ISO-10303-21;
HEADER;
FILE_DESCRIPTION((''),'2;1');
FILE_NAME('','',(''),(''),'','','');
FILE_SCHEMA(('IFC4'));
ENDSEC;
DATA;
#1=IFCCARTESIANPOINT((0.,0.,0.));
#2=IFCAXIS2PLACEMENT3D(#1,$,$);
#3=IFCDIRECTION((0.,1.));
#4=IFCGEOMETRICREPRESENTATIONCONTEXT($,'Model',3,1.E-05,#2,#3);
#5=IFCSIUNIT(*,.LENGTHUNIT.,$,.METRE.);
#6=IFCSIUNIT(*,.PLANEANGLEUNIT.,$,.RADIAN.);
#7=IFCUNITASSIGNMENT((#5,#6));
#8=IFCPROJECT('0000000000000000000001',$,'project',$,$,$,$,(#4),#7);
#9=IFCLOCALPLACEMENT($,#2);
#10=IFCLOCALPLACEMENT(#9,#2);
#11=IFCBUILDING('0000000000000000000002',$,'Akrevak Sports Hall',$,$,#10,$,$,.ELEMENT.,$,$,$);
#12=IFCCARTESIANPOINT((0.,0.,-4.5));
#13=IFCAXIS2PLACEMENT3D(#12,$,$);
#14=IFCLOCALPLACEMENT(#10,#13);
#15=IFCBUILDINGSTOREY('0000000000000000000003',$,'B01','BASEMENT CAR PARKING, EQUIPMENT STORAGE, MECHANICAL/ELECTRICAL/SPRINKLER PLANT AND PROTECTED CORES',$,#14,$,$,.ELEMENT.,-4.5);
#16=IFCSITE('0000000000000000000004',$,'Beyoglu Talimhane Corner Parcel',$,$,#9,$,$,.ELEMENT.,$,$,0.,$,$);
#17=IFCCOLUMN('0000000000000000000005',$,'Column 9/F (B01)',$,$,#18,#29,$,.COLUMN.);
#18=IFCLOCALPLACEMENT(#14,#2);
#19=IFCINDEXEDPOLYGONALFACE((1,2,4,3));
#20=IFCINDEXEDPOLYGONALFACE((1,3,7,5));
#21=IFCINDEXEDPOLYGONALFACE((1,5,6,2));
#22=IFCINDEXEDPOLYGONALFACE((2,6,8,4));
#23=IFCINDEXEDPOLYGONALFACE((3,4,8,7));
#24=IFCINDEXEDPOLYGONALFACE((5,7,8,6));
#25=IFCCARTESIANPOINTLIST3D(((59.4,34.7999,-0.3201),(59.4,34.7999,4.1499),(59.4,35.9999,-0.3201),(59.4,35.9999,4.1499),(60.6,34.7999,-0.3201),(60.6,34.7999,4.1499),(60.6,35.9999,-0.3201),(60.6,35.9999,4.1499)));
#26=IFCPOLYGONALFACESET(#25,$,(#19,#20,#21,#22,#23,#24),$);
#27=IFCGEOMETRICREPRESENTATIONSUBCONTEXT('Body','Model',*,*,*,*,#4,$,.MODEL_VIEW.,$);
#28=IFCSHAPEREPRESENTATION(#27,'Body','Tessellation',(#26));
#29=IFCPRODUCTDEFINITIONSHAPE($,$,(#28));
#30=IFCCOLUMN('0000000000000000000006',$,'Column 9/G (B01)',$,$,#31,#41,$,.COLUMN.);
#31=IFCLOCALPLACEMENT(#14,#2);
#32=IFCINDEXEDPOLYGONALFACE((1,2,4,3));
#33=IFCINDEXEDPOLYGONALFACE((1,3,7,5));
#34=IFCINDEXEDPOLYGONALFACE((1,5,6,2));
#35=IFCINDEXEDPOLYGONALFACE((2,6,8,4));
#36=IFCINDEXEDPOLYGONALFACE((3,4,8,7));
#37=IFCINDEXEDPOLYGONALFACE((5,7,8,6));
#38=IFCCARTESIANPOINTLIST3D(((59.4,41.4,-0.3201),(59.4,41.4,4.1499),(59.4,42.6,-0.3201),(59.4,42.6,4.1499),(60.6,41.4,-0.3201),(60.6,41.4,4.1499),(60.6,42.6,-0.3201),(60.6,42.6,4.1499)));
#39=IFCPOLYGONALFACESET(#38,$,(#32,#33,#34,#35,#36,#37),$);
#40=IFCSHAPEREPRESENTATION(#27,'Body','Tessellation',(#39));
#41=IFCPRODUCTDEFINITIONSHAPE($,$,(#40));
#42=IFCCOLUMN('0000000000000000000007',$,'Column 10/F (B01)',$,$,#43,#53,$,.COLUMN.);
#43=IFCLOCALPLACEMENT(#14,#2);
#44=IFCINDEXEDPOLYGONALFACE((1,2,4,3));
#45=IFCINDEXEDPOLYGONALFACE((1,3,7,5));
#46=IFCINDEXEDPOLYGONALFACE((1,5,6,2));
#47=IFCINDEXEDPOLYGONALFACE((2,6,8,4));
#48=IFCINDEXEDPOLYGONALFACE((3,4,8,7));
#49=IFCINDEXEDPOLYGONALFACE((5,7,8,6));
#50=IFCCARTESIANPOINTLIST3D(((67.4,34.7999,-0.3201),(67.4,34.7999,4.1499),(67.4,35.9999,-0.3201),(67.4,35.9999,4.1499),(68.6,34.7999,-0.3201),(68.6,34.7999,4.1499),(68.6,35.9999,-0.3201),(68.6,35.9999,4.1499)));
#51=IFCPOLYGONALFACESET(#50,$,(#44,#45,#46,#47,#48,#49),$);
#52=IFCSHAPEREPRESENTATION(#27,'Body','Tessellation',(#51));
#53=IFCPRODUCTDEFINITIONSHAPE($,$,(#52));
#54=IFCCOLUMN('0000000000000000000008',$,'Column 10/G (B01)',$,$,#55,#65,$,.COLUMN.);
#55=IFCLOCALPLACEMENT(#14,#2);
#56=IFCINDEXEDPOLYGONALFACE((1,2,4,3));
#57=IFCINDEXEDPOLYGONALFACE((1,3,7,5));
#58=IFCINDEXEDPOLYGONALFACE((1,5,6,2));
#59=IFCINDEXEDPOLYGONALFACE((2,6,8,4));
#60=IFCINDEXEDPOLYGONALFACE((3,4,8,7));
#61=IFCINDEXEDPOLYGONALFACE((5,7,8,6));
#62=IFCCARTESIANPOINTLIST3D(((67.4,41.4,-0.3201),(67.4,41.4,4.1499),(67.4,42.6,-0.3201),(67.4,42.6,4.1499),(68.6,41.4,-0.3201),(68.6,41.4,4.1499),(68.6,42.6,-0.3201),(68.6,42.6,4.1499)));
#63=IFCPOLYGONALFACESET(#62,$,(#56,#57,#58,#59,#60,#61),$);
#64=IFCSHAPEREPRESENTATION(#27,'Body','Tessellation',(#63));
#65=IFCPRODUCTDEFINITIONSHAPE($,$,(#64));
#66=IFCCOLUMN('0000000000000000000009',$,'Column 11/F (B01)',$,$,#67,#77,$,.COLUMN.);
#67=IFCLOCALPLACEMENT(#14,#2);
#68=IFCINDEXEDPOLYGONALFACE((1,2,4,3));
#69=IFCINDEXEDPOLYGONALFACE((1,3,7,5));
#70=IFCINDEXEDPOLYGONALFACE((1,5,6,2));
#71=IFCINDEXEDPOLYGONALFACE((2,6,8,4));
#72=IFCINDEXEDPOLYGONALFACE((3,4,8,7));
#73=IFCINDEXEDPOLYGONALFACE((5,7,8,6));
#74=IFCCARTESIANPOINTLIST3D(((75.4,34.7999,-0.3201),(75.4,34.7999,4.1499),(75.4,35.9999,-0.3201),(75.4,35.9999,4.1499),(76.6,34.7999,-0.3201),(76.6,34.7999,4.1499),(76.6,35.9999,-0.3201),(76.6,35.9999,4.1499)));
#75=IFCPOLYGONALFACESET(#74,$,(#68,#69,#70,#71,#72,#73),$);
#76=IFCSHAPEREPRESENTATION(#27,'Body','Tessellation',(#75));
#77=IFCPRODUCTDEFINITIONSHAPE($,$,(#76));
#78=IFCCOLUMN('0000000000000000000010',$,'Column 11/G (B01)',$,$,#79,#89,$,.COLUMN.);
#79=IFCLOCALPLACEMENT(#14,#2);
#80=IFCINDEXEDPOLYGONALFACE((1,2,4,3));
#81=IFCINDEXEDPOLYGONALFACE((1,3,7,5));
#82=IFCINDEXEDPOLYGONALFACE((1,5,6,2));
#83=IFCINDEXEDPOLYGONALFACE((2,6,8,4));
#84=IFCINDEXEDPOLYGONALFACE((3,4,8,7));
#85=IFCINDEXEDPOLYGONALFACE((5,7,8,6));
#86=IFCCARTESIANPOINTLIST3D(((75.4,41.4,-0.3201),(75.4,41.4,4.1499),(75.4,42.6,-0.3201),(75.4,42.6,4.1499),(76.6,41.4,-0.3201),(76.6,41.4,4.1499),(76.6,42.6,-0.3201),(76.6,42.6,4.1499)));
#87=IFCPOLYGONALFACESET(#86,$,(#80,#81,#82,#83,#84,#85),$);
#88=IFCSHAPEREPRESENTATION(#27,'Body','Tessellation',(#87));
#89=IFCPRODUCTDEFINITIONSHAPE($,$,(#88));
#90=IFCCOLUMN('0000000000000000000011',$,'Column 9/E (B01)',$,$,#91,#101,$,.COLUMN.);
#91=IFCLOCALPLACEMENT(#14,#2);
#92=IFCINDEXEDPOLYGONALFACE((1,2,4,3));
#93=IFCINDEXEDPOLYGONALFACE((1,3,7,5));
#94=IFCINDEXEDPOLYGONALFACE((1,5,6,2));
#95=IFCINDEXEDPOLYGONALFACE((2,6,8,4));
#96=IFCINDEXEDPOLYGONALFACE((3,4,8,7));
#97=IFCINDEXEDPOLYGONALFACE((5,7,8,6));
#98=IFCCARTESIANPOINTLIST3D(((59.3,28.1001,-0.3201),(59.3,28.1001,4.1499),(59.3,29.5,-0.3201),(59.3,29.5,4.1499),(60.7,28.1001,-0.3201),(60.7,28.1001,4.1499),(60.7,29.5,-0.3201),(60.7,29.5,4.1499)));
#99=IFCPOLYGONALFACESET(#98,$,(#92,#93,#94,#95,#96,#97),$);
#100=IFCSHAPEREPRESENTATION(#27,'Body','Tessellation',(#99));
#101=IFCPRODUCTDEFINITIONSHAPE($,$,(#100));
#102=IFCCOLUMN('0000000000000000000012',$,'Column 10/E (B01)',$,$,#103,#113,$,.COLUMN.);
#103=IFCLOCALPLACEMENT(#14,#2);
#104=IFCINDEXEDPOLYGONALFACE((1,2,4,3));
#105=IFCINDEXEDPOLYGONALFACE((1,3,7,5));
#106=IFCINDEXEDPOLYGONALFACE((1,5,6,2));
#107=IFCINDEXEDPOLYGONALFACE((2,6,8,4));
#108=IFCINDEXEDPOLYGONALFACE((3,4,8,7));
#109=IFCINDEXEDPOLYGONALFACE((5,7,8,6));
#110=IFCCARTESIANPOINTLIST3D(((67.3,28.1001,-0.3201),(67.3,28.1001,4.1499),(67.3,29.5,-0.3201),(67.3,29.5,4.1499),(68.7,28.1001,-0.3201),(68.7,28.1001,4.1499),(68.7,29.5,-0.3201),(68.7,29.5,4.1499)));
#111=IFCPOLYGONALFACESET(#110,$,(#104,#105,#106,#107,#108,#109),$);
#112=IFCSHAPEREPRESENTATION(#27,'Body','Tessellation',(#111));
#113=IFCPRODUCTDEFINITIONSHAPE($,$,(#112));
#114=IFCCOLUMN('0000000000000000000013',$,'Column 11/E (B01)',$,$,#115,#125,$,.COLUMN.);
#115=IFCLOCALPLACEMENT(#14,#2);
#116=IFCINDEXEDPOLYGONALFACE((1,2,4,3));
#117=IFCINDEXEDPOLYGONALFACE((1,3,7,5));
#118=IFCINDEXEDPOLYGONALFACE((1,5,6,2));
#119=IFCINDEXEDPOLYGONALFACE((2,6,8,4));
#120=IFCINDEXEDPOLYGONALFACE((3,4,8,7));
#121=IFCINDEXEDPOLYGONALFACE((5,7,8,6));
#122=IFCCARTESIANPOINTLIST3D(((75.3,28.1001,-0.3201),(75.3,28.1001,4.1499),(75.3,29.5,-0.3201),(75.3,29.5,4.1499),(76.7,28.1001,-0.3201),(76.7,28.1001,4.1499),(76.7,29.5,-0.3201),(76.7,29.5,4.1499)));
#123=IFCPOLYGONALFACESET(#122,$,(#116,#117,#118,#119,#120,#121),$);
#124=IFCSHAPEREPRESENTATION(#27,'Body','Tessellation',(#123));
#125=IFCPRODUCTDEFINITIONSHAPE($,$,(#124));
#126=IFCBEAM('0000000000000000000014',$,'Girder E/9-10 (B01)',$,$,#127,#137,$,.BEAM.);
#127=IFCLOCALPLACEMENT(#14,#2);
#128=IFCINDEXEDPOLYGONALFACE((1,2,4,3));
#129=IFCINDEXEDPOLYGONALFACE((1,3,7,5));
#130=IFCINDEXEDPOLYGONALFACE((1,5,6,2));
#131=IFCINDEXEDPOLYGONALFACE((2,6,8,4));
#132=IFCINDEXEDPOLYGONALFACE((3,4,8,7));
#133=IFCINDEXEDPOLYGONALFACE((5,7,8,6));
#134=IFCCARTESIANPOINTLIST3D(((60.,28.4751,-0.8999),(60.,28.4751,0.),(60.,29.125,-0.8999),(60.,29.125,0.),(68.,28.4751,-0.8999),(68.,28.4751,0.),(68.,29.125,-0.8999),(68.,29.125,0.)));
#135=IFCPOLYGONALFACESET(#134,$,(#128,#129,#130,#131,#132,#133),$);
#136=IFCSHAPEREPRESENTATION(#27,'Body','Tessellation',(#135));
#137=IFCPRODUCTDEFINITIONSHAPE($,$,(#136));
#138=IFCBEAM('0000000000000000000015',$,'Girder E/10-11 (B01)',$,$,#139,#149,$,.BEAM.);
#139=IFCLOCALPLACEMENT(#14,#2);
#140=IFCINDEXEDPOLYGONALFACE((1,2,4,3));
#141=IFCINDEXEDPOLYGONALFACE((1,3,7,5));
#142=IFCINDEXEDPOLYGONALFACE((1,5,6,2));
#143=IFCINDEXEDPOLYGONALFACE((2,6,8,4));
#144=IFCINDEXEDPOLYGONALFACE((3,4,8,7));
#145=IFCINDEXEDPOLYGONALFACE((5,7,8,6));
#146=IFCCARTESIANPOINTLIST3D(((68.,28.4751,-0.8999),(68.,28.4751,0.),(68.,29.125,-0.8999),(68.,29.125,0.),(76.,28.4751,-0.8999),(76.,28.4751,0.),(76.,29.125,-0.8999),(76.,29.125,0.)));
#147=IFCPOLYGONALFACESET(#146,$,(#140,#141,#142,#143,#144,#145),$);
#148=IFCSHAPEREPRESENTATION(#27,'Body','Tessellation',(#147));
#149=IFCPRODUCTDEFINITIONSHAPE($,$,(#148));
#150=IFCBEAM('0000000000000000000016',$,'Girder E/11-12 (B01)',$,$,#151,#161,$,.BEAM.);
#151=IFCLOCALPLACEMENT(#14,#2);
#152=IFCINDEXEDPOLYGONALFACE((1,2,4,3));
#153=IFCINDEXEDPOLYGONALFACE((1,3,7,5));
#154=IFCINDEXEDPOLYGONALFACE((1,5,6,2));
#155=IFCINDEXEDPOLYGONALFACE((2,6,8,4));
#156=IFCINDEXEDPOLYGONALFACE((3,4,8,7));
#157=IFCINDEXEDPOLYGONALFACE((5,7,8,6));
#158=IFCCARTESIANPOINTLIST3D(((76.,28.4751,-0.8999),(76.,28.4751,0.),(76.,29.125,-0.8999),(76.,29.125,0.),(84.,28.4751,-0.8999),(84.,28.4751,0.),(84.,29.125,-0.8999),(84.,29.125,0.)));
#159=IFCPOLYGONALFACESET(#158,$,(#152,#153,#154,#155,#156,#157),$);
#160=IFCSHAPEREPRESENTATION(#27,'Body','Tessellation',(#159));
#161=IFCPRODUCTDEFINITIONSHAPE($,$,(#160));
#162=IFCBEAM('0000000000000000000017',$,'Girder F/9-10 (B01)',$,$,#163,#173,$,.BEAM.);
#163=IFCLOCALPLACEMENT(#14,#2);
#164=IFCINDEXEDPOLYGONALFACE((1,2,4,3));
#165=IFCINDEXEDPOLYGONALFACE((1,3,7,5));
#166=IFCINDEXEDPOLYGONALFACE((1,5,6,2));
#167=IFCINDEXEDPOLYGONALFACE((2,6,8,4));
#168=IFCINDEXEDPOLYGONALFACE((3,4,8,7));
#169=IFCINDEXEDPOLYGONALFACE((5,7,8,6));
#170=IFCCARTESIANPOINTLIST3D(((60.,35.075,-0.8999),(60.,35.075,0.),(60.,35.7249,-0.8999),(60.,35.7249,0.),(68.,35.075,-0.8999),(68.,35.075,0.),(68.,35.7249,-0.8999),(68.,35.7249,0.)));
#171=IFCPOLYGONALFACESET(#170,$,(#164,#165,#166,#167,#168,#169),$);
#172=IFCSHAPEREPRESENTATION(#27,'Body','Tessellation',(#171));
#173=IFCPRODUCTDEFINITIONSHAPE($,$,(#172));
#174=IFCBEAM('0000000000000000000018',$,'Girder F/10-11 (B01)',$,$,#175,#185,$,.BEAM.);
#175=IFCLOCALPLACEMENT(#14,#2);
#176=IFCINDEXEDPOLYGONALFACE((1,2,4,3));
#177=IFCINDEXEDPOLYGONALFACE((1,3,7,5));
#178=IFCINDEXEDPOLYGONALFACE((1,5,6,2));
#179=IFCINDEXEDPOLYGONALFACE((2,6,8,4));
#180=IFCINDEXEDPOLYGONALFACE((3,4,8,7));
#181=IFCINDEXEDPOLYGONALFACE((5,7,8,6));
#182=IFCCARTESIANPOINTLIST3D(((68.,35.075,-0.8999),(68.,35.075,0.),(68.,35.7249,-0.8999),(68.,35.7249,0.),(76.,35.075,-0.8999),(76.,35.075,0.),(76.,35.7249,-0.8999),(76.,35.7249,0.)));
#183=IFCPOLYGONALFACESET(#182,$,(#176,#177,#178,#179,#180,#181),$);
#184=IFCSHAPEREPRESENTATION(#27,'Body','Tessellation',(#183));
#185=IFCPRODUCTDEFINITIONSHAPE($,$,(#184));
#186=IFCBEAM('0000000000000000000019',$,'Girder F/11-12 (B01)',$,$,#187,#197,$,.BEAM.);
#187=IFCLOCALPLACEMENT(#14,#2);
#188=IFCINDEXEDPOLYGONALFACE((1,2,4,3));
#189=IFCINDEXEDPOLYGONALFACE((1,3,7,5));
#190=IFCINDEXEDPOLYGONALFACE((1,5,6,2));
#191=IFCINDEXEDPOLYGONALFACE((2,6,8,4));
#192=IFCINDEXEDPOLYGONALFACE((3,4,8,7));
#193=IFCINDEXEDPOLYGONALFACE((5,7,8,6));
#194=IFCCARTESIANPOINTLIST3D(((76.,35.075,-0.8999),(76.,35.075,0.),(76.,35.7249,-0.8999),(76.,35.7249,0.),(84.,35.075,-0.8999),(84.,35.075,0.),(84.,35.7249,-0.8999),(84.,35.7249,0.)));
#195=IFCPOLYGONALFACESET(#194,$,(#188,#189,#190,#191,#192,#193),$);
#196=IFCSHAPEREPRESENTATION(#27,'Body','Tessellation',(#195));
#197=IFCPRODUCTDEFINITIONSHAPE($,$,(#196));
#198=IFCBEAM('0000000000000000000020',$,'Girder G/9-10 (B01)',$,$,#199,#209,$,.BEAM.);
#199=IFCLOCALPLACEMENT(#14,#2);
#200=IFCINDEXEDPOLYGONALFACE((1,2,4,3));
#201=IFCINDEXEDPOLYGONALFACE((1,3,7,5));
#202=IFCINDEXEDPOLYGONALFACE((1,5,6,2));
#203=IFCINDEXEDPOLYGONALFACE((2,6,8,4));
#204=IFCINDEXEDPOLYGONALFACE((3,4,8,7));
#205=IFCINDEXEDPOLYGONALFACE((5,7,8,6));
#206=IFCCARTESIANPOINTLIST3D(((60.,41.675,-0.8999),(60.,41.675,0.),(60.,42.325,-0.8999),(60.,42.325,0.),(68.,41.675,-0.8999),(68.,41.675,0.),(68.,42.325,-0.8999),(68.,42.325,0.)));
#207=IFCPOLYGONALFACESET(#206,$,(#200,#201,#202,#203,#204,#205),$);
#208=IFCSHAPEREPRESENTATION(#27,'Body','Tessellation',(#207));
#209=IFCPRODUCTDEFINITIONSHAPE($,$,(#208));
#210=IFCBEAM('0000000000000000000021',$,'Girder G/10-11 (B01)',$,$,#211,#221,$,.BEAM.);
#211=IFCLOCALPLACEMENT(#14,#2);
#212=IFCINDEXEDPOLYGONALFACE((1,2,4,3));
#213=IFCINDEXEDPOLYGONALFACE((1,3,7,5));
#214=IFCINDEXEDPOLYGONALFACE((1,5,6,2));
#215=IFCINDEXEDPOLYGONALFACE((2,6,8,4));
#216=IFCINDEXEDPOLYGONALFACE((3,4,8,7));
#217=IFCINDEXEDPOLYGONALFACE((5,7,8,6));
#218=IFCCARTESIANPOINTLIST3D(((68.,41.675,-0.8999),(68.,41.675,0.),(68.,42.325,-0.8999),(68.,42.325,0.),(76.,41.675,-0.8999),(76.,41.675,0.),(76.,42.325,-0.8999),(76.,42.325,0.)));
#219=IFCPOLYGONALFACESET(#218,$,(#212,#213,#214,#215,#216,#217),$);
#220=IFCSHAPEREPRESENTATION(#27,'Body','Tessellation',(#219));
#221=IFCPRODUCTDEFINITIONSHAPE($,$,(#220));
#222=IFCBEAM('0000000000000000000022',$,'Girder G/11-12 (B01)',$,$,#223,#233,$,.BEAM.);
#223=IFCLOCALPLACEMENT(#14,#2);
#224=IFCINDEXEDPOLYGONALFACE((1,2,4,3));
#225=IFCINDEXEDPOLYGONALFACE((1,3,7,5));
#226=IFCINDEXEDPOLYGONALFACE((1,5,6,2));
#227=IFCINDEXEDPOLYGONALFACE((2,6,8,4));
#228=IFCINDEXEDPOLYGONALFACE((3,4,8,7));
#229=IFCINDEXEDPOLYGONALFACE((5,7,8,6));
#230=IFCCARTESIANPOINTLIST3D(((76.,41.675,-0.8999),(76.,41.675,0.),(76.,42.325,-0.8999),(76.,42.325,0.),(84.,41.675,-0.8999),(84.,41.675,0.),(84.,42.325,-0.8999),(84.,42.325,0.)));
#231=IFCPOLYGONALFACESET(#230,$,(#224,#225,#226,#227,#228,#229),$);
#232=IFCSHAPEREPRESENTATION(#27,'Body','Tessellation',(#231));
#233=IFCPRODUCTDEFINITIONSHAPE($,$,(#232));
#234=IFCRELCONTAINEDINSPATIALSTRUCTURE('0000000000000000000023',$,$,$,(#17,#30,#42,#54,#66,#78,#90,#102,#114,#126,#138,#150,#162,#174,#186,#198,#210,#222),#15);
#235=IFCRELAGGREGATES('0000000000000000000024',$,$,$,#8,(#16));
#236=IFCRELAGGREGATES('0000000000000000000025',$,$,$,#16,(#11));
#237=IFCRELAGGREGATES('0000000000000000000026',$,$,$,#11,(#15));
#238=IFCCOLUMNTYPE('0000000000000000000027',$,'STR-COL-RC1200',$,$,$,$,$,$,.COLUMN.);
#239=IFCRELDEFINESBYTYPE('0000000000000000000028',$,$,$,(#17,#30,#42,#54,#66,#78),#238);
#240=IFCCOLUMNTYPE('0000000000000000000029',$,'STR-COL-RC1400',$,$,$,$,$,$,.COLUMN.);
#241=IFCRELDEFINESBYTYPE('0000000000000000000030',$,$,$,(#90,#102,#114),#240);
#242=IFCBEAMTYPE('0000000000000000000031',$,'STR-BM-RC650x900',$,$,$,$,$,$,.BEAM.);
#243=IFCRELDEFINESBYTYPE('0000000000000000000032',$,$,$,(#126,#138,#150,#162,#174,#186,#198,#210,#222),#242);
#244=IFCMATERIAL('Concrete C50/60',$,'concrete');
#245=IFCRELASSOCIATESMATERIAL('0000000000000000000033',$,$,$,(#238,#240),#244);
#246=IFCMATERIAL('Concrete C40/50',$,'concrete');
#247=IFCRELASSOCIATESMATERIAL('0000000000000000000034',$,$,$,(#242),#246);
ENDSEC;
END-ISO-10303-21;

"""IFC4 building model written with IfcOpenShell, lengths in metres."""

from ifc_helpers import new_model, si_unit, direction, frame, origin, origin_2d, place, context, subcontext, project, spatial, rectangle, extrude, material, material_profile, profile_set, type_object, element, save


model = new_model("IFC4")

# Units and contexts
model_context = context("Model", 3, precision=1e-05, world=origin(), true_north=direction((0.0, 1.0)))
body_context = subcontext(model_context, "Body", "Model", "MODEL_VIEW")
ifc_project = project(units=[si_unit("LENGTHUNIT", "METRE"), si_unit("PLANEANGLEUNIT", "RADIAN")], contexts=[model_context])

# Site, building, storey
site_placement = place(None, origin())
site = spatial("IfcSite", under=ifc_project, at=site_placement, Name="Beyoglu Talimhane Corner Parcel", CompositionType="ELEMENT", RefElevation=0.0)
building_placement = place(site_placement, origin())
building = spatial("IfcBuilding", under=site, at=building_placement, Name="Akrevak Sports Hall", CompositionType="ELEMENT")
storey_placement = place(building_placement, frame((0.0, 0.0, -4.5)))
storey = spatial("IfcBuildingStorey", under=building, at=storey_placement, Name="B01", Description="BASEMENT CAR PARKING, EQUIPMENT STORAGE, MECHANICAL/ELECTRICAL/SPRINKLER PLANT AND PROTECTED CORES", CompositionType="ELEMENT", Elevation=-4.5)

# Columns
ifc_material_1 = material(Name="Concrete C50/60", Category="concrete")
ifc_material_profile_1 = material_profile(ifc_material_1, rectangle(XDim=1.2, YDim=1.2, at=origin_2d()), Name="RC 1200x1200", Category="concrete")
ifc_profile_set_1 = profile_set([ifc_material_profile_1], Name="Concrete C50/60")
column_type_1 = type_object("IfcColumnType", Name="STR-COL-RC1200", PredefinedType="COLUMN", material=ifc_profile_set_1)
for number, where, z_axis, x_axis, name in (
    (1, (60.0, 35.3999, -0.3201), (0.0, 0.0, 1.0), (1.0, 0.0, 0.0), "Column 9/F (B01)"),
    (2, (60.0, 42.0, -0.3201), (0.0, 0.0, 1.0), (1.0, 0.0, 0.0), "Column 9/G (B01)"),
    (3, (68.0, 35.3999, -0.3201), (0.0, 0.0, 1.0), (1.0, 0.0, 0.0), "Column 10/F (B01)"),
    (4, (68.0, 42.0, -0.3201), (0.0, 0.0, 1.0), (1.0, 0.0, 0.0), "Column 10/G (B01)"),
    (5, (76.0, 35.3999, -0.3201), (0.0, 0.0, 1.0), (1.0, 0.0, 0.0), "Column 11/F (B01)"),
    (6, (76.0, 42.0, -0.3201), (0.0, 0.0, 1.0), (1.0, 0.0, 0.0), "Column 11/G (B01)"),
):
    element("IfcColumn", number, at=place(storey_placement, frame(where, z_axis=z_axis, x_axis=x_axis)), inside=storey, type_object=column_type_1, Name=name, PredefinedType="COLUMN", context=body_context, shape_type="SweptSolid", body=[
        extrude(rectangle(XDim=1.2, YDim=1.2, at=origin_2d()), origin(), (0.0, 0.0, 1.0), 4.47),
    ])
ifc_material_profile_2 = material_profile(ifc_material_1, rectangle(XDim=1.3999, YDim=1.3999, at=origin_2d()), Name="RC 1400x1400", Category="concrete")
ifc_profile_set_2 = profile_set([ifc_material_profile_2], Name="Concrete C50/60")
column_type_2 = type_object("IfcColumnType", Name="STR-COL-RC1400", PredefinedType="COLUMN", material=ifc_profile_set_2)
for number, where, z_axis, x_axis, name in (
    (7, (60.0, 28.8, -0.3201), (0.0, 0.0, 1.0), (1.0, 0.0, 0.0), "Column 9/E (B01)"),
    (8, (68.0, 28.8, -0.3201), (0.0, 0.0, 1.0), (1.0, 0.0, 0.0), "Column 10/E (B01)"),
    (9, (76.0, 28.8, -0.3201), (0.0, 0.0, 1.0), (1.0, 0.0, 0.0), "Column 11/E (B01)"),
):
    element("IfcColumn", number, at=place(storey_placement, frame(where, z_axis=z_axis, x_axis=x_axis)), inside=storey, type_object=column_type_2, Name=name, PredefinedType="COLUMN", context=body_context, shape_type="SweptSolid", body=[
        extrude(rectangle(XDim=1.3999, YDim=1.3999, at=origin_2d()), origin(), (0.0, 0.0, 1.0), 4.47),
    ])

# Beams
ifc_material_2 = material(Name="Concrete C40/50", Category="concrete")
ifc_material_profile_3 = material_profile(ifc_material_2, rectangle(XDim=0.6499, YDim=0.8999, at=origin_2d()), Name="BM 650x900", Category="concrete")
ifc_profile_set_3 = profile_set([ifc_material_profile_3], Name="Concrete C40/50")
beam_type_1 = type_object("IfcBeamType", Name="STR-BM-RC650x900", PredefinedType="BEAM", material=ifc_profile_set_3)
for number, where, z_axis, x_axis, name in (
    (10, (60.0, 28.8, -0.45), (1.0, 0.0, 0.0), (0.0, 1.0, 0.0), "Girder E/9-10 (B01)"),
    (11, (68.0, 28.8, -0.45), (1.0, 0.0, 0.0), (0.0, 1.0, 0.0), "Girder E/10-11 (B01)"),
    (12, (76.0, 28.8, -0.45), (1.0, 0.0, 0.0), (0.0, 1.0, 0.0), "Girder E/11-12 (B01)"),
    (13, (60.0, 35.3999, -0.45), (1.0, 0.0, 0.0), (0.0, 1.0, 0.0), "Girder F/9-10 (B01)"),
    (14, (68.0, 35.3999, -0.45), (1.0, 0.0, 0.0), (0.0, 1.0, 0.0), "Girder F/10-11 (B01)"),
    (15, (76.0, 35.3999, -0.45), (1.0, 0.0, 0.0), (0.0, 1.0, 0.0), "Girder F/11-12 (B01)"),
    (16, (60.0, 42.0, -0.45), (1.0, 0.0, 0.0), (0.0, 1.0, 0.0), "Girder G/9-10 (B01)"),
    (17, (68.0, 42.0, -0.45), (1.0, 0.0, 0.0), (0.0, 1.0, 0.0), "Girder G/10-11 (B01)"),
    (18, (76.0, 42.0, -0.45), (1.0, 0.0, 0.0), (0.0, 1.0, 0.0), "Girder G/11-12 (B01)"),
):
    element("IfcBeam", number, at=place(storey_placement, frame(where, z_axis=z_axis, x_axis=x_axis)), inside=storey, type_object=beam_type_1, Name=name, PredefinedType="BEAM", context=body_context, shape_type="SweptSolid", body=[
        extrude(rectangle(XDim=0.6499, YDim=0.8999, at=origin_2d()), origin(), (0.0, 0.0, 1.0), 8.0),
    ])

save(model, "model.ifc")
